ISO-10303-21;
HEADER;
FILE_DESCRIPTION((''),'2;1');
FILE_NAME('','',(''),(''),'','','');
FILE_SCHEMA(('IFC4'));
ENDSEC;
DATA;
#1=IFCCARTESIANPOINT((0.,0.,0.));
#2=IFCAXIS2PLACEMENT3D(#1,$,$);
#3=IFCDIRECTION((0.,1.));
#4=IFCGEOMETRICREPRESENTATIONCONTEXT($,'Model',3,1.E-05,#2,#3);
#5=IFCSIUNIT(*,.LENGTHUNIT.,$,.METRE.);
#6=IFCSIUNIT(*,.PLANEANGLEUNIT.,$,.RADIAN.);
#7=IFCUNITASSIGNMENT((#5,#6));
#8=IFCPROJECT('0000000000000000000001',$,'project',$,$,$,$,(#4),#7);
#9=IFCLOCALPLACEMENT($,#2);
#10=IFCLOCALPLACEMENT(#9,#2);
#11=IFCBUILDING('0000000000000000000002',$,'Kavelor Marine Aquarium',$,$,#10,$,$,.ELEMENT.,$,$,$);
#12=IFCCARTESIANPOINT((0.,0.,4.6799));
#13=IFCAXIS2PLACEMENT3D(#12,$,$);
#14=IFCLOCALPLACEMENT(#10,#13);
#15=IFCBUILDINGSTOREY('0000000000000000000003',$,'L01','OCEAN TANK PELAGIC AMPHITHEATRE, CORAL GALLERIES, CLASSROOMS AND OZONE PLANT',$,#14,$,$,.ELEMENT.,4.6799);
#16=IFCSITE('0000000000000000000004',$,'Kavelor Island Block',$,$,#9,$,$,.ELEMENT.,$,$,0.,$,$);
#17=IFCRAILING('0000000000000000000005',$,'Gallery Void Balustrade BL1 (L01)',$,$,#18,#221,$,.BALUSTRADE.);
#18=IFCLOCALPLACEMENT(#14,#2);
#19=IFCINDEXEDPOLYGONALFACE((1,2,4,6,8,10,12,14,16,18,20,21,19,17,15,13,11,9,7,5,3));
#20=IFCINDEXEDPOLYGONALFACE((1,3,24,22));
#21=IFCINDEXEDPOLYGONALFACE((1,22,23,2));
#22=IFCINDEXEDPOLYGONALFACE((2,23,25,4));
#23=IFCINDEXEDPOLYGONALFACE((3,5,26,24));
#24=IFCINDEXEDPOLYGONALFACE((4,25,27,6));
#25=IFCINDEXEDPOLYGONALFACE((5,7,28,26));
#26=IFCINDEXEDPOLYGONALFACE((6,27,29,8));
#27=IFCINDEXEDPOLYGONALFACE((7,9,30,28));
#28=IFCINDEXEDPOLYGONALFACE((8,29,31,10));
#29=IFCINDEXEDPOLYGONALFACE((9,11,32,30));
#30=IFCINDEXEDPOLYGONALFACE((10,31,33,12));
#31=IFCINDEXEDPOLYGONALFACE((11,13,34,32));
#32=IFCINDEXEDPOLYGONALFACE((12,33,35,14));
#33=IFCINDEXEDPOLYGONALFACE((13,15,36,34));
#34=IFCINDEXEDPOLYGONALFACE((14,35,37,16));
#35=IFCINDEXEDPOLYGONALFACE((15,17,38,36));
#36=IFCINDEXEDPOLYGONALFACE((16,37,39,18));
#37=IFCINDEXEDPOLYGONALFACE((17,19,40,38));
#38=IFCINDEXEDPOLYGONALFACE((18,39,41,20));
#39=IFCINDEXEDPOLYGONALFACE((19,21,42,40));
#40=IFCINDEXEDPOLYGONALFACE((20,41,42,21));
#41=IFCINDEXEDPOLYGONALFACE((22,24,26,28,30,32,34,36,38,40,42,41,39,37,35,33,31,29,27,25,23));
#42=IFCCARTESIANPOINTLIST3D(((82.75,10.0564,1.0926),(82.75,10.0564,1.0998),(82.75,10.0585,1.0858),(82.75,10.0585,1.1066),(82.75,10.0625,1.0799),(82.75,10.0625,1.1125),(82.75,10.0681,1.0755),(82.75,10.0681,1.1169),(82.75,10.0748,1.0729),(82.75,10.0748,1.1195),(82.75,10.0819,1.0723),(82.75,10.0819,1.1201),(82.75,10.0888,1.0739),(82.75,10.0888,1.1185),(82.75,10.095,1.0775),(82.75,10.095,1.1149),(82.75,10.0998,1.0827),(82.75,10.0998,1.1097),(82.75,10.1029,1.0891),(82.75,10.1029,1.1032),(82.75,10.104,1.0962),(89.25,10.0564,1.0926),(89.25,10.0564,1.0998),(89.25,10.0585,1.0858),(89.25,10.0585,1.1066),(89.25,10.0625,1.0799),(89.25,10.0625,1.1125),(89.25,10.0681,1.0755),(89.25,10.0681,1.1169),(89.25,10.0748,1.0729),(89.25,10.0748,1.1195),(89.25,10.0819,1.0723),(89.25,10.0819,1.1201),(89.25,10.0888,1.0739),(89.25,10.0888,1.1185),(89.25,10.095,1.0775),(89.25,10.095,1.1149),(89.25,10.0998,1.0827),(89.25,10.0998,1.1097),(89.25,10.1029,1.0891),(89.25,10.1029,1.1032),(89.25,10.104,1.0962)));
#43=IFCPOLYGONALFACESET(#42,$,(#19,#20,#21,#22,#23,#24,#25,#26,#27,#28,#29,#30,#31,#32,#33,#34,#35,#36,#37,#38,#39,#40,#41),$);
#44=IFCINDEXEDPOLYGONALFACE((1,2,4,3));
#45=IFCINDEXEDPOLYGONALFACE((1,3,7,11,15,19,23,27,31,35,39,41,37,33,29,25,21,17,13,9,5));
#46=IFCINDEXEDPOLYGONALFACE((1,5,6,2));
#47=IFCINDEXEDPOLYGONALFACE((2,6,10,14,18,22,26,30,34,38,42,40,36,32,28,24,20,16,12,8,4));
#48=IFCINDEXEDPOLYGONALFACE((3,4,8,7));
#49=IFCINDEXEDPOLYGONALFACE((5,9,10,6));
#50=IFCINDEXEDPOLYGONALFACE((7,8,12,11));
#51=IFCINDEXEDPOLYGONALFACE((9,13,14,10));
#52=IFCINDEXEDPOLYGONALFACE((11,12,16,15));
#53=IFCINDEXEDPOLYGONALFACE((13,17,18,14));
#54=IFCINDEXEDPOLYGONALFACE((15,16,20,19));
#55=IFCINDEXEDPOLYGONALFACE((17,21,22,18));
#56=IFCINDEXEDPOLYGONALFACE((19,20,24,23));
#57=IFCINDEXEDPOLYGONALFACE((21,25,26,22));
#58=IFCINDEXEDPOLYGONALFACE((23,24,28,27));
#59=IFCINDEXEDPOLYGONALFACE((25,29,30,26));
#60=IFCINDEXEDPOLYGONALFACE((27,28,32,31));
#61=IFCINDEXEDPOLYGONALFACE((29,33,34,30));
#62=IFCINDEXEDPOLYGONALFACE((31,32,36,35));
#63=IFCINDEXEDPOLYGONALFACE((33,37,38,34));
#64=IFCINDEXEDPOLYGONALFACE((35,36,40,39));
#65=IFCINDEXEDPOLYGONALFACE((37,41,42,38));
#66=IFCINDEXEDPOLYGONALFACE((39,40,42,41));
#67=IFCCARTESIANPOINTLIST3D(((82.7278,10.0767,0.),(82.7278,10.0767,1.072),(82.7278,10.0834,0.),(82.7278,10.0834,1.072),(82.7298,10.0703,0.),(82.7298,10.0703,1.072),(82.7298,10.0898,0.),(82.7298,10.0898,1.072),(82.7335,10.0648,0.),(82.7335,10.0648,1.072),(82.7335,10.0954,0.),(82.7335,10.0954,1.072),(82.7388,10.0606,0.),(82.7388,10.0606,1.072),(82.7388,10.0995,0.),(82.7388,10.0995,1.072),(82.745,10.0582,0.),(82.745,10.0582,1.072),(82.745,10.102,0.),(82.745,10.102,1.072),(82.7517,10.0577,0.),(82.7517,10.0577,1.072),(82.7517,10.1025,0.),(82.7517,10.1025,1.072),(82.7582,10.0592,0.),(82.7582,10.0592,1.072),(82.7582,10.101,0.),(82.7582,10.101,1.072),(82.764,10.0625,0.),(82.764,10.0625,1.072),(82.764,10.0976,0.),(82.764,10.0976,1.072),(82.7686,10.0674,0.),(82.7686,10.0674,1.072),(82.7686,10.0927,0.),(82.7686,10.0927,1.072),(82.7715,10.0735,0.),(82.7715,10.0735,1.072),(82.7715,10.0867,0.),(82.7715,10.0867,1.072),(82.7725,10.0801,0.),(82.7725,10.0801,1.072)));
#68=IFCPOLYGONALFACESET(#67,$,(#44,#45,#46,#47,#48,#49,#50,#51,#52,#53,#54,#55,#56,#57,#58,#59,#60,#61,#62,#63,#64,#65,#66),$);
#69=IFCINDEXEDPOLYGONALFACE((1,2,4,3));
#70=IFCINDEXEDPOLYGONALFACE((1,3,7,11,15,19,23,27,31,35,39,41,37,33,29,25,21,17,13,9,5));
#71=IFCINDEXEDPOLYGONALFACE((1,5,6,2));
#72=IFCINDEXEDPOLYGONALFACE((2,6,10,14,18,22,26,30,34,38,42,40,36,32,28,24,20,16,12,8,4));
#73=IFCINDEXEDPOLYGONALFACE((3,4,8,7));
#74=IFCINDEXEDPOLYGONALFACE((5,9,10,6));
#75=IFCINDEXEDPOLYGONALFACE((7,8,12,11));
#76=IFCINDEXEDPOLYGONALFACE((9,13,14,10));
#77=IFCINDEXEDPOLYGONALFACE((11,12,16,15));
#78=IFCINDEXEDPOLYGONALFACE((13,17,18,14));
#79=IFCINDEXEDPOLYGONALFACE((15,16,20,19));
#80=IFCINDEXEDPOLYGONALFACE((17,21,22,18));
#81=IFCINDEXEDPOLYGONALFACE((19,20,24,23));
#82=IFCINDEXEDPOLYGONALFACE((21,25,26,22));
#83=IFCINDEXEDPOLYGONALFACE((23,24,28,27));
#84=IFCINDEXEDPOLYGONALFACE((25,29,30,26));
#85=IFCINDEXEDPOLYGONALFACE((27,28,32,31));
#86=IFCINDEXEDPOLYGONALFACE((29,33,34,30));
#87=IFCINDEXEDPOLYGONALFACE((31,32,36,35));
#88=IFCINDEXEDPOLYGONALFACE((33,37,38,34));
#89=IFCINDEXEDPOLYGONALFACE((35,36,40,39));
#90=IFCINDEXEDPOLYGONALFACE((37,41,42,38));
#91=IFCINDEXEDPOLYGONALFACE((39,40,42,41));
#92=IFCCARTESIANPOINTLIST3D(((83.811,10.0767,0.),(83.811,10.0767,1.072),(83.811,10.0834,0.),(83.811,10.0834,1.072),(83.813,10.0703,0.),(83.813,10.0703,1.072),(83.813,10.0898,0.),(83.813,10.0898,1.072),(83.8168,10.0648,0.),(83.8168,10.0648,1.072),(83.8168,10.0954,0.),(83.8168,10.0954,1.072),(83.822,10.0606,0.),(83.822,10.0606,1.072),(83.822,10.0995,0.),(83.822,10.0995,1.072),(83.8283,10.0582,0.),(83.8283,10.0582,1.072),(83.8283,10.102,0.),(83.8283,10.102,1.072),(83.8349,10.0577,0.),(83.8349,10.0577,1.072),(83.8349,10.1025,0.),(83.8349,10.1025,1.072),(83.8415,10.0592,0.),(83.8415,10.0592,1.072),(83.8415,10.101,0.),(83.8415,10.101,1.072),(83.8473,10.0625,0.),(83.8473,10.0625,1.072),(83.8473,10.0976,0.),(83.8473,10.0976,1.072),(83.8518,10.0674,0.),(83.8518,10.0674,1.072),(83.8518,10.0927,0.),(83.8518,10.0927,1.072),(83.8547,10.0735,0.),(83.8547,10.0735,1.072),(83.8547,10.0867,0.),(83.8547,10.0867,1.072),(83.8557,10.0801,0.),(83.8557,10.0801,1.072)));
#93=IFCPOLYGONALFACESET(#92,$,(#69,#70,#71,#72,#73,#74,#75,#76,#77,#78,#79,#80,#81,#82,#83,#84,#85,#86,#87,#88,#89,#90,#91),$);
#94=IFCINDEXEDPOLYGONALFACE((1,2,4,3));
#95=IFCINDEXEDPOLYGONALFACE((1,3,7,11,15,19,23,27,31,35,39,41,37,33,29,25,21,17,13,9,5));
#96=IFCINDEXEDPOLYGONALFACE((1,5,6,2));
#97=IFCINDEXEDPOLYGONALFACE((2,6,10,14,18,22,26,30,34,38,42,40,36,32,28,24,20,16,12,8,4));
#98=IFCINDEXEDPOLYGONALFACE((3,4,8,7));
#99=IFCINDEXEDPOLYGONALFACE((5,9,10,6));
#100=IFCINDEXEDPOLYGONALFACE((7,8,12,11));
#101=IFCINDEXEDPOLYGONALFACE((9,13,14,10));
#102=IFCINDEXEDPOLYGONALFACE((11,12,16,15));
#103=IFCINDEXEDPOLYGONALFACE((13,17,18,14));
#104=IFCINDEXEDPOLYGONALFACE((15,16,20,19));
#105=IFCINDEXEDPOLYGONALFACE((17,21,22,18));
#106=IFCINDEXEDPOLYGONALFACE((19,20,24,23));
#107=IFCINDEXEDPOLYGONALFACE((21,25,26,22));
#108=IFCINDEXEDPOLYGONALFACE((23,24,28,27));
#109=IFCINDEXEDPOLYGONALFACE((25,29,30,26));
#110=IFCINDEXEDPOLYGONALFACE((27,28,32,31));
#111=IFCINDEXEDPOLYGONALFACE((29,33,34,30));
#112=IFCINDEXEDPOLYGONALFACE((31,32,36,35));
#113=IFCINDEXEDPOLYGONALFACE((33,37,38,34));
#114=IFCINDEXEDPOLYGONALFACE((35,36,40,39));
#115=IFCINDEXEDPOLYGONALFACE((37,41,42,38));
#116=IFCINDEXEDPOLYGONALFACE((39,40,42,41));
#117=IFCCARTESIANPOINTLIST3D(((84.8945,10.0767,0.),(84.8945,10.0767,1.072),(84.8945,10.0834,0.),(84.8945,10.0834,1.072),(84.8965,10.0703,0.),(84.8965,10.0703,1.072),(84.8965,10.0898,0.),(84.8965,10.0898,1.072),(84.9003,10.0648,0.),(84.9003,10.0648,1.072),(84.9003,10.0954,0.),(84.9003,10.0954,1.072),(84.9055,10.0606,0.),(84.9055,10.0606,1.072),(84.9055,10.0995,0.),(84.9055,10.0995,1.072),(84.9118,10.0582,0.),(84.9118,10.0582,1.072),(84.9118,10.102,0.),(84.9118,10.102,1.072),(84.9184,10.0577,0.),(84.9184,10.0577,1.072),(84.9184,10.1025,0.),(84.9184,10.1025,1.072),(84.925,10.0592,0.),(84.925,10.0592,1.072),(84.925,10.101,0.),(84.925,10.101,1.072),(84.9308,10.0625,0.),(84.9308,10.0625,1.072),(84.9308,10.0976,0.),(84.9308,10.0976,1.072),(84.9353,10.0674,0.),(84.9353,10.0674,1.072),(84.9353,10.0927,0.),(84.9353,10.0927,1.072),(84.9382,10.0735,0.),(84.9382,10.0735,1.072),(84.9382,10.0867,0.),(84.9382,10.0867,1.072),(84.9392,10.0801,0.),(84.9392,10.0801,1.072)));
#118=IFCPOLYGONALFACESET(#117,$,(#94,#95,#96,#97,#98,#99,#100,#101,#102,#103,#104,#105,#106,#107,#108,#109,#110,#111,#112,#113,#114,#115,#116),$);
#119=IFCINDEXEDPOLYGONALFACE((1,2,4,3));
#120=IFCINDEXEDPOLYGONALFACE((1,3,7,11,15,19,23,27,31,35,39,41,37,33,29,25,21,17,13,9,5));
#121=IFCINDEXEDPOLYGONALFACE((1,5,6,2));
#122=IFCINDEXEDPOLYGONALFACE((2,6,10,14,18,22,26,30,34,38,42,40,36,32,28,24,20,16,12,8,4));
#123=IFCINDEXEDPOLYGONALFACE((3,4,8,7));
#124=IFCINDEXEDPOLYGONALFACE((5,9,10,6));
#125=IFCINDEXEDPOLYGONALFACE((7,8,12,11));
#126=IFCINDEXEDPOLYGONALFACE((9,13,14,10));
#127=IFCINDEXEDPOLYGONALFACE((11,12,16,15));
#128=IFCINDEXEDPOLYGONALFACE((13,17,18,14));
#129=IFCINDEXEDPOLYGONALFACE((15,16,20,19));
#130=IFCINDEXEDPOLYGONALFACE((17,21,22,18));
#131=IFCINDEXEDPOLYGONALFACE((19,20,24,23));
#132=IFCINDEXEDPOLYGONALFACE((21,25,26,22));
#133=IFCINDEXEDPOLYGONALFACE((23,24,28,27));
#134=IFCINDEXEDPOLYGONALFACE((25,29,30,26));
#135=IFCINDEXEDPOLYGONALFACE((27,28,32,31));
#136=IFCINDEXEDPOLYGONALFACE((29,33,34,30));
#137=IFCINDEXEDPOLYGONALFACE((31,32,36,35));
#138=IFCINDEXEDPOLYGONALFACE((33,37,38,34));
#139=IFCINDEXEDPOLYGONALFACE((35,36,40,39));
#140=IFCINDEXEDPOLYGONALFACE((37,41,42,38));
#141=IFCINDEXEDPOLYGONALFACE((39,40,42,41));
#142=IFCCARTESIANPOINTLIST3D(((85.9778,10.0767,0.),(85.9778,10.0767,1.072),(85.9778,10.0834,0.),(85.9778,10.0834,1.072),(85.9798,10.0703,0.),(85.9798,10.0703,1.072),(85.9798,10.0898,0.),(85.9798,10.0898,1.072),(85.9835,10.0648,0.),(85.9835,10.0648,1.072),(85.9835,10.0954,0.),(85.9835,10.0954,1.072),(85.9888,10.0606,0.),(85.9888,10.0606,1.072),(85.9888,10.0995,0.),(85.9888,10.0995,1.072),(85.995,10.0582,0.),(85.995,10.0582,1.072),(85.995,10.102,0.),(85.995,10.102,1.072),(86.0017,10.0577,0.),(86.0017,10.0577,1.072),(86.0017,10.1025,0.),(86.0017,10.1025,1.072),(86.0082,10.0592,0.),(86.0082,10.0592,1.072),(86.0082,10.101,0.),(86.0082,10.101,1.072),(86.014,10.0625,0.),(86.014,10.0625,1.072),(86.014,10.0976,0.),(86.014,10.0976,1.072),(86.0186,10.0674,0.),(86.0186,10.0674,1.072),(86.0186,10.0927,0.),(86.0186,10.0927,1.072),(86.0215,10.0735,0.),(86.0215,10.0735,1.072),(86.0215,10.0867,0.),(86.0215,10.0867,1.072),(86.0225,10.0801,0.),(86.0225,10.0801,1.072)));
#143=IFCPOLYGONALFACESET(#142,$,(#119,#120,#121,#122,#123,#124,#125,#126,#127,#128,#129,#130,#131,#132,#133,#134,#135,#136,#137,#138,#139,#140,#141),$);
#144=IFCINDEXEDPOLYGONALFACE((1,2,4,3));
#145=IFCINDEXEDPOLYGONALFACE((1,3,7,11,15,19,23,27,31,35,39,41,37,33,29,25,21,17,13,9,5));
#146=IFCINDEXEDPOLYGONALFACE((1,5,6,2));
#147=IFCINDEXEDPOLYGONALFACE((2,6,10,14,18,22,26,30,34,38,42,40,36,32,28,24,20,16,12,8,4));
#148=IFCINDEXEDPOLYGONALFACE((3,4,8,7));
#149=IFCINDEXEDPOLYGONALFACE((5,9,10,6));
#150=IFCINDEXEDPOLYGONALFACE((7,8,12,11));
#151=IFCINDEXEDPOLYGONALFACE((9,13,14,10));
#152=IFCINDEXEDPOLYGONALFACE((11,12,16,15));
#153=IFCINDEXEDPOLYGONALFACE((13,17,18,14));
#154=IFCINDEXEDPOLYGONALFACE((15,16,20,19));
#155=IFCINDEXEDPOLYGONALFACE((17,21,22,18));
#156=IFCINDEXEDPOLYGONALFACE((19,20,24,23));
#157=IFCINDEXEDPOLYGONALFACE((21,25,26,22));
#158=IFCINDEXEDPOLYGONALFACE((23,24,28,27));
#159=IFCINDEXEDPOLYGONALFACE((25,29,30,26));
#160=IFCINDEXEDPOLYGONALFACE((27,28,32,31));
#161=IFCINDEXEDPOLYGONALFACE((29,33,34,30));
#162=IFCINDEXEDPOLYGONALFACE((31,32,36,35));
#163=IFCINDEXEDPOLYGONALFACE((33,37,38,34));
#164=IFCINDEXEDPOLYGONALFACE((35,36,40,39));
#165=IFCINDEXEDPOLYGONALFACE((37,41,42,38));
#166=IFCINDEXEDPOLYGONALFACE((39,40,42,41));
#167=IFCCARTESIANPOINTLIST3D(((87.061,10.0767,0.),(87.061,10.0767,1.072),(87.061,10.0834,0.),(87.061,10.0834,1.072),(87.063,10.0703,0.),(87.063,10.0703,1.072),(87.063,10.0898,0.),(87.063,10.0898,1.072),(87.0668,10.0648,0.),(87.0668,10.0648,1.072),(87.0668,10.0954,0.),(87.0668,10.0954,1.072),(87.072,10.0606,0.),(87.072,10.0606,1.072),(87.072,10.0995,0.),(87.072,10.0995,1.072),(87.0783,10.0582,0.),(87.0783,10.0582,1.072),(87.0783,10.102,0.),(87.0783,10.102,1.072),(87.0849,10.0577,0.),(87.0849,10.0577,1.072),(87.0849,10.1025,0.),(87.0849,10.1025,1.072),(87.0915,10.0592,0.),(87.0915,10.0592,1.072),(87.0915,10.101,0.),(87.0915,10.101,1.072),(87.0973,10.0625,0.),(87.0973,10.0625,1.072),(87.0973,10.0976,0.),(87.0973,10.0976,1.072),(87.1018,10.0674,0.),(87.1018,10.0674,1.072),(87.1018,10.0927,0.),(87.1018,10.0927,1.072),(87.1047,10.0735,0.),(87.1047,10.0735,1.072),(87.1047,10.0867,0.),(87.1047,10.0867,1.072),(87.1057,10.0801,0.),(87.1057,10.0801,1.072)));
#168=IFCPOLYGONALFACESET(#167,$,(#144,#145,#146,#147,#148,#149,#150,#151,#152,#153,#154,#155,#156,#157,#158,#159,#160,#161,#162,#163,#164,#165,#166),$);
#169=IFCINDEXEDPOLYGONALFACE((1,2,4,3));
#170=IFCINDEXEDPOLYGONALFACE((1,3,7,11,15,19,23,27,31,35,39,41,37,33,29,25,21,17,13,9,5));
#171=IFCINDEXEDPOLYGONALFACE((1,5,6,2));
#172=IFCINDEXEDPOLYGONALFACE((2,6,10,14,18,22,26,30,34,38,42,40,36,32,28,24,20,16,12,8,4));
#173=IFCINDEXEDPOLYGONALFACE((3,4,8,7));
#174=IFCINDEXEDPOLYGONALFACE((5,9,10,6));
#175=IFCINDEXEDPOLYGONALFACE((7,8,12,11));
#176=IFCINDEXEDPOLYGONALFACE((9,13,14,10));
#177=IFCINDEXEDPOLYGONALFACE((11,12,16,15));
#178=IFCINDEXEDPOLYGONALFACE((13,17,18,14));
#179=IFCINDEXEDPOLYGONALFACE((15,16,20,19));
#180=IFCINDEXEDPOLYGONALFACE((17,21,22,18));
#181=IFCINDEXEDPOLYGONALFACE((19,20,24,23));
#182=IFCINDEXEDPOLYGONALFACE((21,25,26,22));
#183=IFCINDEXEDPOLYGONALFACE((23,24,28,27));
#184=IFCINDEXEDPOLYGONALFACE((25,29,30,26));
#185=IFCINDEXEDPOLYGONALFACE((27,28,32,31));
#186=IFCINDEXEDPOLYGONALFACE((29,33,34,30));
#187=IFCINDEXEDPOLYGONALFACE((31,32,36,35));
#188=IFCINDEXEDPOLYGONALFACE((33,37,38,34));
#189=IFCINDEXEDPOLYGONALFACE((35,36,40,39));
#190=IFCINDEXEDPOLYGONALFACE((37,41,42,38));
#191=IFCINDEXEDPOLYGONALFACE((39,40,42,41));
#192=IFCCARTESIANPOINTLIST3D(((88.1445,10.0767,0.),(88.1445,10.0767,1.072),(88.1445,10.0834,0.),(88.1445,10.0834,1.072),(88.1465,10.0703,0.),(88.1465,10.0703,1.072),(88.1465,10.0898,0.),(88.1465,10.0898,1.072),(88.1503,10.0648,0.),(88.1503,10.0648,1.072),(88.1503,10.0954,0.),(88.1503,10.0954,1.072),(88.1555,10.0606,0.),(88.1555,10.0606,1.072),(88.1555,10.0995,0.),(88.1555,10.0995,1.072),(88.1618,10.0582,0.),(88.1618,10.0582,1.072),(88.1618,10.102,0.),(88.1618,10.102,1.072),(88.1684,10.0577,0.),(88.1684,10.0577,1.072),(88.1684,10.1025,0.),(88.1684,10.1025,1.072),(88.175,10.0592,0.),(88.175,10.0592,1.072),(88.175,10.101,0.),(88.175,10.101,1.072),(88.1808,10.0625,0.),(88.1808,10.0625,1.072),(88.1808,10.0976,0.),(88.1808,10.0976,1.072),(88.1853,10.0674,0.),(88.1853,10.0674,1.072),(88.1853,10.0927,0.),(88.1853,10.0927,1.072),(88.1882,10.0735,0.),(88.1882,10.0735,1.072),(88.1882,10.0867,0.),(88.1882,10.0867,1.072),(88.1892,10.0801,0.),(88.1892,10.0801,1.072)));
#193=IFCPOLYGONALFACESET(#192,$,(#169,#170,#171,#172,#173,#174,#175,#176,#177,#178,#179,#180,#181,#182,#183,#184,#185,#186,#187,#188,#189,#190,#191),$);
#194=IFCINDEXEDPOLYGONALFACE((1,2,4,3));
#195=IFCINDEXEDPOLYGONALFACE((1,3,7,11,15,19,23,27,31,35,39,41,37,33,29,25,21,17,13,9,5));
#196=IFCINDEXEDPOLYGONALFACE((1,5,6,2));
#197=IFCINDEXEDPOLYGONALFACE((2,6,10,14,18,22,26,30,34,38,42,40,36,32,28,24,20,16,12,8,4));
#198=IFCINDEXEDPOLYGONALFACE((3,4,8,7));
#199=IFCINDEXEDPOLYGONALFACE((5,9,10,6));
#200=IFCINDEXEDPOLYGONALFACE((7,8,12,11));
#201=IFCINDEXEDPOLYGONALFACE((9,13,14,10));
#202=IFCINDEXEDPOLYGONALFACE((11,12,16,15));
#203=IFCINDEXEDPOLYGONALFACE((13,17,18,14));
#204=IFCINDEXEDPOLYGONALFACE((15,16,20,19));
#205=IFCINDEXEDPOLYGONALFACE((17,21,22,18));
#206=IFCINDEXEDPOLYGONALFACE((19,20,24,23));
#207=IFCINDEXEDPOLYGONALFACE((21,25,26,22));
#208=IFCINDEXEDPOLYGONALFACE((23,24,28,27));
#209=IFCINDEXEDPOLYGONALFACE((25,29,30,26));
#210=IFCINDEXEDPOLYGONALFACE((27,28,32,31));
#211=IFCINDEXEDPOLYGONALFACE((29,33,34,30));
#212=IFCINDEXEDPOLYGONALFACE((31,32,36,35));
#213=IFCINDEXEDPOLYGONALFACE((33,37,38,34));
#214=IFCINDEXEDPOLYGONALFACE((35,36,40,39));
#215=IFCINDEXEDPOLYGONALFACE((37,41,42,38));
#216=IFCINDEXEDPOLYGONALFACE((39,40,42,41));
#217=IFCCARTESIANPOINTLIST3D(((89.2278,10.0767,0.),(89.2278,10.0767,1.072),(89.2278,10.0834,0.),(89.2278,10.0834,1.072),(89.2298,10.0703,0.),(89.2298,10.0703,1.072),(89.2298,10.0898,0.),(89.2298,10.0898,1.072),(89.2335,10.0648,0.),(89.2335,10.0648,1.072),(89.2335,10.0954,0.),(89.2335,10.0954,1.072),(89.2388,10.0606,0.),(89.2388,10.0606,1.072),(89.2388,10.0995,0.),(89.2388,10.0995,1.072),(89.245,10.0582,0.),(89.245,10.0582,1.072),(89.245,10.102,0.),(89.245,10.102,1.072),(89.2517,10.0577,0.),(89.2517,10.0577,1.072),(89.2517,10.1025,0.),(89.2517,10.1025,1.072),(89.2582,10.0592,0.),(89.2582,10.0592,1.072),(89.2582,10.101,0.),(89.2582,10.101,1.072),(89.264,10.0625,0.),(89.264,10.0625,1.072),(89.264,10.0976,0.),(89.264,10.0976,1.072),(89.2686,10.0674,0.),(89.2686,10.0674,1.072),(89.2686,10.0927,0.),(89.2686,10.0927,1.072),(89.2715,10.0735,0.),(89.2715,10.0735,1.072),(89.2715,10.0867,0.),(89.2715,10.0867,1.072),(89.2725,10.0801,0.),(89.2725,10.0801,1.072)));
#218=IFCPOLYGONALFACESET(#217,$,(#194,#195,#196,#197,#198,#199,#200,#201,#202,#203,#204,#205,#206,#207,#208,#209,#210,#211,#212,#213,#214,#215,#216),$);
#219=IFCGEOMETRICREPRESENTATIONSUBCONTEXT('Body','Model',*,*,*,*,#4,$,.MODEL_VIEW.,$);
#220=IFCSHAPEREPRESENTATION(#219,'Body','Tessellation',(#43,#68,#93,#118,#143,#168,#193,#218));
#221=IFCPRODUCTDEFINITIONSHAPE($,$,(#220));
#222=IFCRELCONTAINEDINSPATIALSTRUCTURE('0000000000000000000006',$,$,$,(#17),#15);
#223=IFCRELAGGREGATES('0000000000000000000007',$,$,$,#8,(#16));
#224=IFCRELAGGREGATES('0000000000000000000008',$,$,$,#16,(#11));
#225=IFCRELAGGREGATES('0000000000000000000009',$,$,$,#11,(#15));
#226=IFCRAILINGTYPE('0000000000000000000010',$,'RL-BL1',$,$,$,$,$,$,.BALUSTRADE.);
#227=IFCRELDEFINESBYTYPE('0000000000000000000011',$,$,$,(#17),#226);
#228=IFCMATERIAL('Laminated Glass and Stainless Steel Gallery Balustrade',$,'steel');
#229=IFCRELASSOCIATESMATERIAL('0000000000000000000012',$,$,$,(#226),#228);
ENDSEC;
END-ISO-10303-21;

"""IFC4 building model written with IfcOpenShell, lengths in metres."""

from ifc_helpers import new_model, si_unit, direction, frame, origin, origin_2d, place, context, subcontext, project, spatial, circle, extrude, material, type_object, element, save


model = new_model("IFC4")

# Units and contexts
model_context = context("Model", 3, precision=1e-05, world=origin(), true_north=direction((0.0, 1.0)))
body_context = subcontext(model_context, "Body", "Model", "MODEL_VIEW")
ifc_project = project(units=[si_unit("LENGTHUNIT", "METRE"), si_unit("PLANEANGLEUNIT", "RADIAN")], contexts=[model_context])

# Site, building, storey
site_placement = place(None, origin())
site = spatial("IfcSite", under=ifc_project, at=site_placement, Name="Kavelor Island Block", CompositionType="ELEMENT", RefElevation=0.0)
building_placement = place(site_placement, origin())
building = spatial("IfcBuilding", under=site, at=building_placement, Name="Kavelor Marine Aquarium", CompositionType="ELEMENT")
storey_placement = place(building_placement, frame((0.0, 0.0, 4.6799)))
storey = spatial("IfcBuildingStorey", under=building, at=storey_placement, Name="L01", Description="OCEAN TANK PELAGIC AMPHITHEATRE, CORAL GALLERIES, CLASSROOMS AND OZONE PLANT", CompositionType="ELEMENT", Elevation=4.6799)

# Railing
ifc_material_1 = material(Name="Laminated Glass and Stainless Steel Gallery Balustrade", Category="steel")
railing_type = type_object("IfcRailingType", Name="RL-BL1", PredefinedType="BALUSTRADE", material=ifc_material_1)
railing_placement = place(storey_placement, frame((82.75, 10.0801, 0.0)))
element("IfcRailing", 1, at=railing_placement, inside=storey, type_object=railing_type, Name="Gallery Void Balustrade BL1 (L01)", PredefinedType="BALUSTRADE", context=body_context, shape_type="SweptSolid", body=[
    extrude(circle(Radius=0.0239, at=origin_2d()), frame((0.0, 0.0, 1.0962), z_axis=(1.0, 0.0, 0.0), x_axis=(0.0, 1.0, 0.0)), (0.0, 0.0, 1.0), 6.5),
    extrude(circle(Radius=0.0225, at=origin_2d()), origin(), (0.0, 0.0, 1.0), 1.072),
    extrude(circle(Radius=0.0225, at=origin_2d()), frame((1.0833, 0.0, 0.0)), (0.0, 0.0, 1.0), 1.072),
    extrude(circle(Radius=0.0225, at=origin_2d()), frame((2.1667, 0.0, 0.0)), (0.0, 0.0, 1.0), 1.072),
    extrude(circle(Radius=0.0225, at=origin_2d()), frame((3.25, 0.0, 0.0)), (0.0, 0.0, 1.0), 1.072),
    extrude(circle(Radius=0.0225, at=origin_2d()), frame((4.3333, 0.0, 0.0)), (0.0, 0.0, 1.0), 1.072),
    extrude(circle(Radius=0.0225, at=origin_2d()), frame((5.4167, 0.0, 0.0)), (0.0, 0.0, 1.0), 1.072),
    extrude(circle(Radius=0.0225, at=origin_2d()), frame((6.5, 0.0, 0.0)), (0.0, 0.0, 1.0), 1.072),
])

save(model, "model.ifc")
